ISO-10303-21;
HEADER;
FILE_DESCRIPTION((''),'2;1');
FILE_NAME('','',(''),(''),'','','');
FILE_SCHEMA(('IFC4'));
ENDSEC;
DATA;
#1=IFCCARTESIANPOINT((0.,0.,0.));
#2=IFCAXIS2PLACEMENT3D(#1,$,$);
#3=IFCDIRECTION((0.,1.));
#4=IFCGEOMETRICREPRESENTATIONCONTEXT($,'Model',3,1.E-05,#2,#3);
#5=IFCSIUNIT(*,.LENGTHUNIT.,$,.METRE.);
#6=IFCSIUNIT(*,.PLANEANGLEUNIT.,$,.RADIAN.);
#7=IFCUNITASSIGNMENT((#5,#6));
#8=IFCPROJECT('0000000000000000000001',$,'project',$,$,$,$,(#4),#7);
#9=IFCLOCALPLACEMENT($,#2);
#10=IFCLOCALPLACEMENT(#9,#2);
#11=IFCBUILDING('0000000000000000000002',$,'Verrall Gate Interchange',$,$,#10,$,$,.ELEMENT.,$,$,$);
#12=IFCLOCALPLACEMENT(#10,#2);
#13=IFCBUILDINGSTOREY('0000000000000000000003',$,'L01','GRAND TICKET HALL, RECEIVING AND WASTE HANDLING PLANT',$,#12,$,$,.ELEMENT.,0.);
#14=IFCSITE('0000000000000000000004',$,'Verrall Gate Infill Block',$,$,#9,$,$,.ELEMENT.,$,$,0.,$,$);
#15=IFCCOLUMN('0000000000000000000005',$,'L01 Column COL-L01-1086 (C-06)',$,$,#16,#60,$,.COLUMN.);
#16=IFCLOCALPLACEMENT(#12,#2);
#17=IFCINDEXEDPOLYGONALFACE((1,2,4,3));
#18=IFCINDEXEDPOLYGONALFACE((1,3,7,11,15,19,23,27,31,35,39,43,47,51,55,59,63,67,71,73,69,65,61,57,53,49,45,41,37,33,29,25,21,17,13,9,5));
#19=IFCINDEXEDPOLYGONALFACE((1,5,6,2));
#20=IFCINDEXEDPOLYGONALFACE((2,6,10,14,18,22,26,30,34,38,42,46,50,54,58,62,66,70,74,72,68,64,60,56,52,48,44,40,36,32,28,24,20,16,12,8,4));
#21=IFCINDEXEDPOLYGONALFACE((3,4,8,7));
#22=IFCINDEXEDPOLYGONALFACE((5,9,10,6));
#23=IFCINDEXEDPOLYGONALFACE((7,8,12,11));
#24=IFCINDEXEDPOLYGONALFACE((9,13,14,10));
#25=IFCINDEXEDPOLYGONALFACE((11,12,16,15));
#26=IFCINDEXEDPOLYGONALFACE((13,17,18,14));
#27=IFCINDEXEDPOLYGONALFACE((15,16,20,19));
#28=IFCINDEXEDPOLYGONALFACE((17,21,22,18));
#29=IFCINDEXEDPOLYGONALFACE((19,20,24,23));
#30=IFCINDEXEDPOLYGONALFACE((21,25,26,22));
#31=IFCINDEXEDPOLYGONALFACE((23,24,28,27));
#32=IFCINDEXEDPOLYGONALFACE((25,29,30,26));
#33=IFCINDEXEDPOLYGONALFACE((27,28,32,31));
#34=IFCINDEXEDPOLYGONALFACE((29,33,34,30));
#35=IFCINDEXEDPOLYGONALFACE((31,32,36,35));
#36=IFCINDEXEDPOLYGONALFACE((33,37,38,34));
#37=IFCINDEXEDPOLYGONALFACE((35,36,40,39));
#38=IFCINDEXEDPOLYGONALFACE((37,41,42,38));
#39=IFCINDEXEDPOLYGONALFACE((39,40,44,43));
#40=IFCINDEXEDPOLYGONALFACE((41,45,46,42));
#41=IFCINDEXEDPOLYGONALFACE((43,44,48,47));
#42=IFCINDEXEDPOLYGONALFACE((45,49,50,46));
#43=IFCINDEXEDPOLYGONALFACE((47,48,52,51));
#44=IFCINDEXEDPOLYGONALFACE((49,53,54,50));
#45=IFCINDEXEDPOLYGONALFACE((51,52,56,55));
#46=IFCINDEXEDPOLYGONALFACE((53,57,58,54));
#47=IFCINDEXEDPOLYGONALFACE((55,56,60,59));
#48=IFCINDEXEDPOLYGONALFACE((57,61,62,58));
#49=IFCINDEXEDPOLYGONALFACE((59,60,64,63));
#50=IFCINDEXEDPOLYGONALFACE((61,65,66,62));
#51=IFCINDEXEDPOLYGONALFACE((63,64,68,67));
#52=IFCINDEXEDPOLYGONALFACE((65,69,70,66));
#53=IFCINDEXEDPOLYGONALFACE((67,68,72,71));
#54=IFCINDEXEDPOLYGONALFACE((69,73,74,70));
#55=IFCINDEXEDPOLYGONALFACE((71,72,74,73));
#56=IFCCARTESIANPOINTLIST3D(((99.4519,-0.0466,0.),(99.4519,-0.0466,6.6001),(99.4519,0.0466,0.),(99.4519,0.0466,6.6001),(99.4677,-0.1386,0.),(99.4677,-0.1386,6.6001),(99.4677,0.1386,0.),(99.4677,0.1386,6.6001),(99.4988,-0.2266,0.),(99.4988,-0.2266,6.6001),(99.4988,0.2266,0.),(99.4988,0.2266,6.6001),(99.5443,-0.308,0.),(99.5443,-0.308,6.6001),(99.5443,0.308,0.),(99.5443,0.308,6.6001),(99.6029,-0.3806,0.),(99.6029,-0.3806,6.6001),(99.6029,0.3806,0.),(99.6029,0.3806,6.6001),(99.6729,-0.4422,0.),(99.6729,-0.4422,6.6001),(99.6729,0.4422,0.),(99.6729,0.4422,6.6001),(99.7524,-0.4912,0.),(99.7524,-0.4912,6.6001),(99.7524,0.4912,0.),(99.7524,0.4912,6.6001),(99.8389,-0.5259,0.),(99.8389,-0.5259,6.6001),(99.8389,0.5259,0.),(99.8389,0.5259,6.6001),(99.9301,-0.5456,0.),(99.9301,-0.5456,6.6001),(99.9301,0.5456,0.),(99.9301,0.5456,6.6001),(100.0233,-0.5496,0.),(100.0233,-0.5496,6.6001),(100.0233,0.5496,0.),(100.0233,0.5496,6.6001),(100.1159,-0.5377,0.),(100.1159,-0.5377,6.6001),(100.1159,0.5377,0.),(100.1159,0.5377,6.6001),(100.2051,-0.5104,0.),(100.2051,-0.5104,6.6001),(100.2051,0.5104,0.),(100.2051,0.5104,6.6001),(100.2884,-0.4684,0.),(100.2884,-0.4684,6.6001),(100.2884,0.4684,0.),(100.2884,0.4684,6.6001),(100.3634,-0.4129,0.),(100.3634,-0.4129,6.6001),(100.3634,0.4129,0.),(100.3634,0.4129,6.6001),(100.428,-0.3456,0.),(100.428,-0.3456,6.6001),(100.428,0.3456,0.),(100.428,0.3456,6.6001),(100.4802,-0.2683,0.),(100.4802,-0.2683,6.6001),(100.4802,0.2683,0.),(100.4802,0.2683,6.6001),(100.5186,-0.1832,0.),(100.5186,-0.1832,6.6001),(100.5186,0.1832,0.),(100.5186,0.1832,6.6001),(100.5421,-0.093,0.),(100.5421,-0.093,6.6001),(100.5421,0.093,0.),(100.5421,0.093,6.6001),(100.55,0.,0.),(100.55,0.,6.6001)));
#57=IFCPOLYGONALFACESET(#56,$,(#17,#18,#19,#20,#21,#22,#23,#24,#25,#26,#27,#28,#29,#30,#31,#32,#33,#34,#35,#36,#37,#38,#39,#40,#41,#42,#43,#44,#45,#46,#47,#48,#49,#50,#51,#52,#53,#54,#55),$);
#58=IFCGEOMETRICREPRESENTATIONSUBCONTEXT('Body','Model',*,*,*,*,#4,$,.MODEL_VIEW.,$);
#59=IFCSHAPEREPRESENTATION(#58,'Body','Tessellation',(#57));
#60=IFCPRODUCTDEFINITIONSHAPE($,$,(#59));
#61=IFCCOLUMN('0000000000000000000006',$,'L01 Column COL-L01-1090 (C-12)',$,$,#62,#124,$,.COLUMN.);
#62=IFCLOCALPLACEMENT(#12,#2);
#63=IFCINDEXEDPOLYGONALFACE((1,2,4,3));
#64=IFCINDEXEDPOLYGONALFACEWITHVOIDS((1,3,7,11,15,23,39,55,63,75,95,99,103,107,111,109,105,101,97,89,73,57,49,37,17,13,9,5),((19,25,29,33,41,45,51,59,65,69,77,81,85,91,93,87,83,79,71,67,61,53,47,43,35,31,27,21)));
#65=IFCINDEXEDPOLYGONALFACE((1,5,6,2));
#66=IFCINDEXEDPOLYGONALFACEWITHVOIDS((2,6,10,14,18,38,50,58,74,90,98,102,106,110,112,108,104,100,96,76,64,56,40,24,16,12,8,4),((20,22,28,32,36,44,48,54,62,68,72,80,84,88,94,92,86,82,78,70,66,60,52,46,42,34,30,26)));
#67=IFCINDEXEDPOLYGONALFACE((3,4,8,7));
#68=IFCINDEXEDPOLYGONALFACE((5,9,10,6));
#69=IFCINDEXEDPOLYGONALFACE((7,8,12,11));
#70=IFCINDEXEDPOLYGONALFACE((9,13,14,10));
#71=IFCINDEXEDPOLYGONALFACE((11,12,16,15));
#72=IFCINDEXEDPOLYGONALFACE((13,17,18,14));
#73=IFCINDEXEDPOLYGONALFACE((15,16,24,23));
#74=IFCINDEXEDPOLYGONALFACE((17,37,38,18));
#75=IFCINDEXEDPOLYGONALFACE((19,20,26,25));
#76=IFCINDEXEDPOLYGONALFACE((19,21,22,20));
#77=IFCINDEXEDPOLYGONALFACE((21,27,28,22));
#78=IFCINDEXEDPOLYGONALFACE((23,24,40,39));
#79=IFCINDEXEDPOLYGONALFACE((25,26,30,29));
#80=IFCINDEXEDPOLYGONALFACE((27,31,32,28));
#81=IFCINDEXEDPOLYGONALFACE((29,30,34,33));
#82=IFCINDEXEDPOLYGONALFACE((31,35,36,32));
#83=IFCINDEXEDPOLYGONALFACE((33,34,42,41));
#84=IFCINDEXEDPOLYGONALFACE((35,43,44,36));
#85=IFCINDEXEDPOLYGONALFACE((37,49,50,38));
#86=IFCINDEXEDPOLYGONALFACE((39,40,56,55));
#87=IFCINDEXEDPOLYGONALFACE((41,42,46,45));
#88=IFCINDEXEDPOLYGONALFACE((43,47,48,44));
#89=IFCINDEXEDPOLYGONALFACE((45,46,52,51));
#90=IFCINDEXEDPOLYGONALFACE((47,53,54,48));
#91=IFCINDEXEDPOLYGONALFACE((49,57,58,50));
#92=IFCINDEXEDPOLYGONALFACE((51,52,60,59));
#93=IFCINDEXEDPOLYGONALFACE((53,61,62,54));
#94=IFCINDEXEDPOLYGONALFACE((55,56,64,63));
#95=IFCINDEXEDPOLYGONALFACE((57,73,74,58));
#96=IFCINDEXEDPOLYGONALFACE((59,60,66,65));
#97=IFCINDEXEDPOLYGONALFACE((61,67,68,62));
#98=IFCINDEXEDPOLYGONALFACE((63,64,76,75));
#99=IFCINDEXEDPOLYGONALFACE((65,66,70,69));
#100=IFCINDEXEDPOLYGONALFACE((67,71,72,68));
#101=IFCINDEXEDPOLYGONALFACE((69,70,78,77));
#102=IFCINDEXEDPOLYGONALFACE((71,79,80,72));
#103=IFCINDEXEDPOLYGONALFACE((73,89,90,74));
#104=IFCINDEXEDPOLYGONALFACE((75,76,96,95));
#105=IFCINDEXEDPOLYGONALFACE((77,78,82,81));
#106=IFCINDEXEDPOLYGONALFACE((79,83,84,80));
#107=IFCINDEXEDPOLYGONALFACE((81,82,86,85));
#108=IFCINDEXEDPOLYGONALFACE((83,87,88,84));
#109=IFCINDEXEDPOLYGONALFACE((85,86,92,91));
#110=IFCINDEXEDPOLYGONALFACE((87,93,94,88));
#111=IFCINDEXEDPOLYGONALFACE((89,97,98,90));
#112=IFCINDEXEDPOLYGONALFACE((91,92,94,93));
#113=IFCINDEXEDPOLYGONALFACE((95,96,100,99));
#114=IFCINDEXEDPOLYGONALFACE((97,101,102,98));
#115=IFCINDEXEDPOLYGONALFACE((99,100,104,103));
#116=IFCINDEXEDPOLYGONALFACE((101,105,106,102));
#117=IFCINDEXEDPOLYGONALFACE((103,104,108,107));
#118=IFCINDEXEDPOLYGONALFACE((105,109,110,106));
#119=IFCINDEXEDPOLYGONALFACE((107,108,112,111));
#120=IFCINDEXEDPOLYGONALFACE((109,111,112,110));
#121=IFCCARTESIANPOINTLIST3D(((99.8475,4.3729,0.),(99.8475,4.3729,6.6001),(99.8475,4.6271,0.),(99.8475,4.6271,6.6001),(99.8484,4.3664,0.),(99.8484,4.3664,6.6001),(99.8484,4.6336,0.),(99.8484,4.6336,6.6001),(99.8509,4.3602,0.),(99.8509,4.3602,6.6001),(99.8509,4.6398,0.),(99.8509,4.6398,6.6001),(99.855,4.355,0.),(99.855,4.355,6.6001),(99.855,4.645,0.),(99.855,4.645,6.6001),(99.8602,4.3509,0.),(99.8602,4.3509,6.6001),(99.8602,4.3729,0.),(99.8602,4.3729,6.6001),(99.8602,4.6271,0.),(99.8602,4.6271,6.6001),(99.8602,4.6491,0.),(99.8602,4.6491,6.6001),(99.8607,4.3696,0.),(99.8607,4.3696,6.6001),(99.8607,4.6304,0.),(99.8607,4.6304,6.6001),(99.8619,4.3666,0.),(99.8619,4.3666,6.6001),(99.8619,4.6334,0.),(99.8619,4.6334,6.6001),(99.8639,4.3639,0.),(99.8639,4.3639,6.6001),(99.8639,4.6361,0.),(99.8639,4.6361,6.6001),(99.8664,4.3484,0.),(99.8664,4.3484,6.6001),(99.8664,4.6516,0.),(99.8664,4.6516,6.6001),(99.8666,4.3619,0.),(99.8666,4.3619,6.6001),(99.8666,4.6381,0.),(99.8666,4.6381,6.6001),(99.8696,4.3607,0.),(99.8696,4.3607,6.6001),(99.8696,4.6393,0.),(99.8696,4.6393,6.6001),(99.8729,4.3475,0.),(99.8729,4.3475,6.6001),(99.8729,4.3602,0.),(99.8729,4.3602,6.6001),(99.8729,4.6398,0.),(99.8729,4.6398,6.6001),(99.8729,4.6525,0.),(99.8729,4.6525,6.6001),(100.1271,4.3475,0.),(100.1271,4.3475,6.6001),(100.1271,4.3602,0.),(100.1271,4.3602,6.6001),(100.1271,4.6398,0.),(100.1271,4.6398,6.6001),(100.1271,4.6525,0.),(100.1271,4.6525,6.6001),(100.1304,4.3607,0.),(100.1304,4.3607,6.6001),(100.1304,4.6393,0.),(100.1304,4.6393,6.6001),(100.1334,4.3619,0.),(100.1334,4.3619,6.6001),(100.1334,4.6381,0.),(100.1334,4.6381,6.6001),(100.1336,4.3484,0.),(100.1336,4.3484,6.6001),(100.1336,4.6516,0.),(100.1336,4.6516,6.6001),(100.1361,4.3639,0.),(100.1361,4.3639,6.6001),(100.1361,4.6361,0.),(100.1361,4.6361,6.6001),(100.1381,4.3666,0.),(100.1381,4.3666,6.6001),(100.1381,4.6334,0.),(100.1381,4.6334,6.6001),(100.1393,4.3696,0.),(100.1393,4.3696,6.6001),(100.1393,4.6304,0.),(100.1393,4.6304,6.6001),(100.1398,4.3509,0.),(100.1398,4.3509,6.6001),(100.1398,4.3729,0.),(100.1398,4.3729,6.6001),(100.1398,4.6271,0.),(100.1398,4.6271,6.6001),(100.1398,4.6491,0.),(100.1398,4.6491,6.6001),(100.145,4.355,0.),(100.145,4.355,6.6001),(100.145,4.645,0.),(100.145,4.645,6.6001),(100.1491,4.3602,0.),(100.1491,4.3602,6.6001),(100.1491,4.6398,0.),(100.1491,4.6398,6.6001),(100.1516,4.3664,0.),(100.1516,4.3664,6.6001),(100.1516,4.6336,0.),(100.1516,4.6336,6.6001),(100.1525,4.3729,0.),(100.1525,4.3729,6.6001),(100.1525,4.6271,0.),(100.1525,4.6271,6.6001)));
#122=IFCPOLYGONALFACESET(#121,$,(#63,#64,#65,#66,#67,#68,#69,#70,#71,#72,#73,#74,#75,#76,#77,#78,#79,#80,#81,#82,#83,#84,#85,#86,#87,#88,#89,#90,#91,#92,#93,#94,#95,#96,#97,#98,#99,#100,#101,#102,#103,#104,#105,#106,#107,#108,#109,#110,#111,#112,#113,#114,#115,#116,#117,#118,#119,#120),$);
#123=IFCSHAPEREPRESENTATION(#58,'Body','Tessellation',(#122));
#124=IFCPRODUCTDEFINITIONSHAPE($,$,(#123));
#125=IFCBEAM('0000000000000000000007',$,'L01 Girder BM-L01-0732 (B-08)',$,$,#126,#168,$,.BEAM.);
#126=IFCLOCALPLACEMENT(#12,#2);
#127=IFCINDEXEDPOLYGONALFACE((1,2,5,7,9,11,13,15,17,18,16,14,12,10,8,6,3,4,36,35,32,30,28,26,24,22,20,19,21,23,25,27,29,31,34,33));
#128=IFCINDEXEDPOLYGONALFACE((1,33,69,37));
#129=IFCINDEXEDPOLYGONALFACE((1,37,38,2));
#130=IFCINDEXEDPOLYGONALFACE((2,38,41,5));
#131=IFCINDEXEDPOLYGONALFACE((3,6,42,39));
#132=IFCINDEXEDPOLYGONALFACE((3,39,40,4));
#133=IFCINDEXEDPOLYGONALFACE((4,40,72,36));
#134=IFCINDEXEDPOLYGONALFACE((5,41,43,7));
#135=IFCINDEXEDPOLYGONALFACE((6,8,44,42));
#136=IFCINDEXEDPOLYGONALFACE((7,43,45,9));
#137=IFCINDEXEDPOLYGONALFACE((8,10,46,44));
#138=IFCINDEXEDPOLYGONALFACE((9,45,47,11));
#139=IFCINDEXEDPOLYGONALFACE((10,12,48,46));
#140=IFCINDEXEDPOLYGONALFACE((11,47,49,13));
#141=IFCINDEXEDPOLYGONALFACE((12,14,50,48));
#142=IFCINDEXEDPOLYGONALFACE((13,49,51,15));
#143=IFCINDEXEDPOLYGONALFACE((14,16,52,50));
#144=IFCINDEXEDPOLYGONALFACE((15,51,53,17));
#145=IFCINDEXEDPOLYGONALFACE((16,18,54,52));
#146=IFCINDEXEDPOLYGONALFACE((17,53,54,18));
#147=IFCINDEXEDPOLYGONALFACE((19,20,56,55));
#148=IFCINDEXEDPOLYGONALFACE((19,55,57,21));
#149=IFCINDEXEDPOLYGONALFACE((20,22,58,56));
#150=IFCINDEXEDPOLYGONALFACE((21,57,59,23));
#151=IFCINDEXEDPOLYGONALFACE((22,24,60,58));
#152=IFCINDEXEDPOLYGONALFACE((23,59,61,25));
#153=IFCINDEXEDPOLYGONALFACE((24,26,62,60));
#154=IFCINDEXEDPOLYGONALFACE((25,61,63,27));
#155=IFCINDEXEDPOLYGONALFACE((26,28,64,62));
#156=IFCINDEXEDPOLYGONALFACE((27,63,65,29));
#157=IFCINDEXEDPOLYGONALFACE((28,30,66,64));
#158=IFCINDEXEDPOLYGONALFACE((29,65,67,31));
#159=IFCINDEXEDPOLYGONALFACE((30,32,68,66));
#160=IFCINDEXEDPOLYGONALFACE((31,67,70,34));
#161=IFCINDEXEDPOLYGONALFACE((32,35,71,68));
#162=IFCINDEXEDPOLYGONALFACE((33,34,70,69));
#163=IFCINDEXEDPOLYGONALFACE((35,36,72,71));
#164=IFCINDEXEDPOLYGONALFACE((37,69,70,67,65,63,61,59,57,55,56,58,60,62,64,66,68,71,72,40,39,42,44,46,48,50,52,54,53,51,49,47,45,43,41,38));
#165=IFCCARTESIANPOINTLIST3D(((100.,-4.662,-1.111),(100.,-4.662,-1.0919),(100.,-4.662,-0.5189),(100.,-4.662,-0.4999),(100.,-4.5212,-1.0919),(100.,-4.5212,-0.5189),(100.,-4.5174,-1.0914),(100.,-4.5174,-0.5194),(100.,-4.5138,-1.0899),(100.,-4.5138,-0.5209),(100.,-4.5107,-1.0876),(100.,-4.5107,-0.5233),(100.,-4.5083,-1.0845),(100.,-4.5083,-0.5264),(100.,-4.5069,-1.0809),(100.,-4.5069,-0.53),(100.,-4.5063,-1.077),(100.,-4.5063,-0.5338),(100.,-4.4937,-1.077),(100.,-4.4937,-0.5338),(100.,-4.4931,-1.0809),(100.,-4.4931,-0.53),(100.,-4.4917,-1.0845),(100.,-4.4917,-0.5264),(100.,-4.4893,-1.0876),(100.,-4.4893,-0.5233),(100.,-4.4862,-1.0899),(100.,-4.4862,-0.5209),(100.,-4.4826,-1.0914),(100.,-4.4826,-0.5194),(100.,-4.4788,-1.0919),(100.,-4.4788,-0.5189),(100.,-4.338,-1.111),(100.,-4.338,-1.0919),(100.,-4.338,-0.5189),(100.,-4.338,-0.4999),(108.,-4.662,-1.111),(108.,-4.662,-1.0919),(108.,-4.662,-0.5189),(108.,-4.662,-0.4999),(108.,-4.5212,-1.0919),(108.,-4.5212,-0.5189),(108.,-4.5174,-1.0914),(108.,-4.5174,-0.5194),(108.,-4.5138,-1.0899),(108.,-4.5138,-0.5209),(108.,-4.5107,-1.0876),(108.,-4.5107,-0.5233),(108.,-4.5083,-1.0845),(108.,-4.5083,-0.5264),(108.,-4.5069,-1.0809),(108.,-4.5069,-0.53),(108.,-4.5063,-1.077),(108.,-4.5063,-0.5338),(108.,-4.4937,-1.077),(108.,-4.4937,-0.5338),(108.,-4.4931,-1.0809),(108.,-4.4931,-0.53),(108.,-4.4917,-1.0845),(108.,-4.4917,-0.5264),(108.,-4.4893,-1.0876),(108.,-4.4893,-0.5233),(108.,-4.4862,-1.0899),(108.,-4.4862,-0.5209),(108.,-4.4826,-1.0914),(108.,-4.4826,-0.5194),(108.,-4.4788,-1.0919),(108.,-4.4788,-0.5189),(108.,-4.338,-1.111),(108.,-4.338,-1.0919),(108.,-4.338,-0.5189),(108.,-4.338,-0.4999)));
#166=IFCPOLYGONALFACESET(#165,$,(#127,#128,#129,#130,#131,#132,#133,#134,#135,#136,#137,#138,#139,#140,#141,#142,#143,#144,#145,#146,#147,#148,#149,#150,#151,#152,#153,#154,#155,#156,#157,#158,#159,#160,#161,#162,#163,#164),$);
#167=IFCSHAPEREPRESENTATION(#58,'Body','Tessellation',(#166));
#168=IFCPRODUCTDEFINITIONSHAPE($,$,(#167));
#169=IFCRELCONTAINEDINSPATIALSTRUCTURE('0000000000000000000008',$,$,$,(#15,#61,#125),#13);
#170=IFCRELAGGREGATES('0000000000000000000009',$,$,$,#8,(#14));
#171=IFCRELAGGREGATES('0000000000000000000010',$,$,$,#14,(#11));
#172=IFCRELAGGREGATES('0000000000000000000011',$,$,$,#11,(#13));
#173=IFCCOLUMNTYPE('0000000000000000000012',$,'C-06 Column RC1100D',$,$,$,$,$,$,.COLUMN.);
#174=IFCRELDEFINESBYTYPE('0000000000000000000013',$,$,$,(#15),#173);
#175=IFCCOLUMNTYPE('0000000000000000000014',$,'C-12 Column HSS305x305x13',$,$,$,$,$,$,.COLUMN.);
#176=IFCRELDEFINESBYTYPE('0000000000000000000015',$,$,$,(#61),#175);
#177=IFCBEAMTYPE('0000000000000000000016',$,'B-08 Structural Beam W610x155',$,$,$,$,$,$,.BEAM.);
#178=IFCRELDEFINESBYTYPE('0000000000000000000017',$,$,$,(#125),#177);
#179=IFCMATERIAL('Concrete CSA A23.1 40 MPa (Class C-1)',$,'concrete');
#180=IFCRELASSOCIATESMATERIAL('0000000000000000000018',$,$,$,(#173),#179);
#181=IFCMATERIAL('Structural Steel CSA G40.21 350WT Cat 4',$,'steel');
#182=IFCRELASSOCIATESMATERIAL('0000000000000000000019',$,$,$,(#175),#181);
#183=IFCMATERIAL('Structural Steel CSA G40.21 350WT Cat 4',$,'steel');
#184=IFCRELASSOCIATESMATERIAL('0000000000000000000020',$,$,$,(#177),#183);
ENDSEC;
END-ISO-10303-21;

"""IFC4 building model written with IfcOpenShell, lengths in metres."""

from ifc_helpers import new_model, si_unit, direction, frame, origin, origin_2d, place, context, subcontext, project, spatial, hollow_rectangle, circle, i_section, extrude, material, material_profile, profile_set, type_object, element, save


model = new_model("IFC4")

# Units and contexts
model_context = context("Model", 3, precision=1e-05, world=origin(), true_north=direction((0.0, 1.0)))
body_context = subcontext(model_context, "Body", "Model", "MODEL_VIEW")
ifc_project = project(units=[si_unit("LENGTHUNIT", "METRE"), si_unit("PLANEANGLEUNIT", "RADIAN")], contexts=[model_context])

# Site, building, storey
site_placement = place(None, origin())
site = spatial("IfcSite", under=ifc_project, at=site_placement, Name="Verrall Gate Infill Block", CompositionType="ELEMENT", RefElevation=0.0)
building_placement = place(site_placement, origin())
building = spatial("IfcBuilding", under=site, at=building_placement, Name="Verrall Gate Interchange", CompositionType="ELEMENT")
storey_placement = place(building_placement, origin())
storey = spatial("IfcBuildingStorey", under=building, at=storey_placement, Name="L01", Description="GRAND TICKET HALL, RECEIVING AND WASTE HANDLING PLANT", CompositionType="ELEMENT", Elevation=0.0)

# Columns
ifc_material_1 = material(Name="Concrete CSA A23.1 40 MPa (Class C-1)", Category="concrete")
ifc_material_profile_1 = material_profile(ifc_material_1, circle(Radius=0.55, at=origin_2d()), Name="RC1100D")
ifc_profile_set_1 = profile_set([ifc_material_profile_1], Name="Concrete CSA A23.1 40 MPa (Class C-1)")
column_type_1 = type_object("IfcColumnType", Name="C-06 Column RC1100D", PredefinedType="COLUMN", material=ifc_profile_set_1)
column_1_placement = place(storey_placement, frame((100.0, 0.0, 0.0), z_axis=(0.0, 0.0, 1.0), x_axis=(1.0, 0.0, 0.0)))
element("IfcColumn", 1, at=column_1_placement, inside=storey, type_object=column_type_1, Name="L01 Column COL-L01-1086 (C-06)", PredefinedType="COLUMN", context=body_context, shape_type="SweptSolid", body=[
    extrude(circle(Radius=0.55, at=origin_2d()), origin(), (0.0, 0.0, 1.0), 6.6001),
])
ifc_material_2 = material(Name="Structural Steel CSA G40.21 350WT Cat 4", Category="steel")
ifc_material_profile_2 = material_profile(ifc_material_2, hollow_rectangle(XDim=0.3049, YDim=0.3049, WallThickness=0.0127, InnerFilletRadius=0.0127, OuterFilletRadius=0.0254, at=origin_2d()), Name="HSS305x305x13")
ifc_profile_set_2 = profile_set([ifc_material_profile_2], Name="Structural Steel CSA G40.21 350WT Cat 4")
column_type_2 = type_object("IfcColumnType", Name="C-12 Column HSS305x305x13", PredefinedType="COLUMN", material=ifc_profile_set_2)
column_2_placement = place(storey_placement, frame((100.0, 4.5, 0.0), z_axis=(0.0, 0.0, 1.0), x_axis=(1.0, 0.0, 0.0)))
element("IfcColumn", 2, at=column_2_placement, inside=storey, type_object=column_type_2, Name="L01 Column COL-L01-1090 (C-12)", PredefinedType="COLUMN", context=body_context, shape_type="SweptSolid", body=[
    extrude(hollow_rectangle(XDim=0.3049, YDim=0.3049, WallThickness=0.0127, InnerFilletRadius=0.0127, OuterFilletRadius=0.0254, at=origin_2d()), origin(), (0.0, 0.0, 1.0), 6.6001),
])

# Beam
ifc_material_3 = material(Name="Structural Steel CSA G40.21 350WT Cat 4", Category="steel")
ifc_material_profile_3 = material_profile(ifc_material_3, i_section(OverallWidth=0.324, OverallDepth=0.6111, WebThickness=0.0127, FlangeThickness=0.019, FilletRadius=0.0149, at=origin_2d()), Name="W610x155")
ifc_profile_set_3 = profile_set([ifc_material_profile_3], Name="Structural Steel CSA G40.21 350WT Cat 4")
beam_type_1 = type_object("IfcBeamType", Name="B-08 Structural Beam W610x155", PredefinedType="BEAM", material=ifc_profile_set_3)
for number, where, z_axis, x_axis, name in (
    (3, (100.0, -4.5, -0.8054), (1.0, 0.0, 0.0), (0.0, 1.0, 0.0), "L01 Girder BM-L01-0732 (B-08)"),
):
    element("IfcBeam", number, at=place(storey_placement, frame(where, z_axis=z_axis, x_axis=x_axis)), inside=storey, type_object=beam_type_1, Name=name, PredefinedType="BEAM", context=body_context, shape_type="SweptSolid", body=[
        extrude(i_section(OverallWidth=0.324, OverallDepth=0.6111, WebThickness=0.0127, FlangeThickness=0.019, FilletRadius=0.0149, at=origin_2d()), origin(), (0.0, 0.0, 1.0), 8.0),
    ])

save(model, "model.ifc")
